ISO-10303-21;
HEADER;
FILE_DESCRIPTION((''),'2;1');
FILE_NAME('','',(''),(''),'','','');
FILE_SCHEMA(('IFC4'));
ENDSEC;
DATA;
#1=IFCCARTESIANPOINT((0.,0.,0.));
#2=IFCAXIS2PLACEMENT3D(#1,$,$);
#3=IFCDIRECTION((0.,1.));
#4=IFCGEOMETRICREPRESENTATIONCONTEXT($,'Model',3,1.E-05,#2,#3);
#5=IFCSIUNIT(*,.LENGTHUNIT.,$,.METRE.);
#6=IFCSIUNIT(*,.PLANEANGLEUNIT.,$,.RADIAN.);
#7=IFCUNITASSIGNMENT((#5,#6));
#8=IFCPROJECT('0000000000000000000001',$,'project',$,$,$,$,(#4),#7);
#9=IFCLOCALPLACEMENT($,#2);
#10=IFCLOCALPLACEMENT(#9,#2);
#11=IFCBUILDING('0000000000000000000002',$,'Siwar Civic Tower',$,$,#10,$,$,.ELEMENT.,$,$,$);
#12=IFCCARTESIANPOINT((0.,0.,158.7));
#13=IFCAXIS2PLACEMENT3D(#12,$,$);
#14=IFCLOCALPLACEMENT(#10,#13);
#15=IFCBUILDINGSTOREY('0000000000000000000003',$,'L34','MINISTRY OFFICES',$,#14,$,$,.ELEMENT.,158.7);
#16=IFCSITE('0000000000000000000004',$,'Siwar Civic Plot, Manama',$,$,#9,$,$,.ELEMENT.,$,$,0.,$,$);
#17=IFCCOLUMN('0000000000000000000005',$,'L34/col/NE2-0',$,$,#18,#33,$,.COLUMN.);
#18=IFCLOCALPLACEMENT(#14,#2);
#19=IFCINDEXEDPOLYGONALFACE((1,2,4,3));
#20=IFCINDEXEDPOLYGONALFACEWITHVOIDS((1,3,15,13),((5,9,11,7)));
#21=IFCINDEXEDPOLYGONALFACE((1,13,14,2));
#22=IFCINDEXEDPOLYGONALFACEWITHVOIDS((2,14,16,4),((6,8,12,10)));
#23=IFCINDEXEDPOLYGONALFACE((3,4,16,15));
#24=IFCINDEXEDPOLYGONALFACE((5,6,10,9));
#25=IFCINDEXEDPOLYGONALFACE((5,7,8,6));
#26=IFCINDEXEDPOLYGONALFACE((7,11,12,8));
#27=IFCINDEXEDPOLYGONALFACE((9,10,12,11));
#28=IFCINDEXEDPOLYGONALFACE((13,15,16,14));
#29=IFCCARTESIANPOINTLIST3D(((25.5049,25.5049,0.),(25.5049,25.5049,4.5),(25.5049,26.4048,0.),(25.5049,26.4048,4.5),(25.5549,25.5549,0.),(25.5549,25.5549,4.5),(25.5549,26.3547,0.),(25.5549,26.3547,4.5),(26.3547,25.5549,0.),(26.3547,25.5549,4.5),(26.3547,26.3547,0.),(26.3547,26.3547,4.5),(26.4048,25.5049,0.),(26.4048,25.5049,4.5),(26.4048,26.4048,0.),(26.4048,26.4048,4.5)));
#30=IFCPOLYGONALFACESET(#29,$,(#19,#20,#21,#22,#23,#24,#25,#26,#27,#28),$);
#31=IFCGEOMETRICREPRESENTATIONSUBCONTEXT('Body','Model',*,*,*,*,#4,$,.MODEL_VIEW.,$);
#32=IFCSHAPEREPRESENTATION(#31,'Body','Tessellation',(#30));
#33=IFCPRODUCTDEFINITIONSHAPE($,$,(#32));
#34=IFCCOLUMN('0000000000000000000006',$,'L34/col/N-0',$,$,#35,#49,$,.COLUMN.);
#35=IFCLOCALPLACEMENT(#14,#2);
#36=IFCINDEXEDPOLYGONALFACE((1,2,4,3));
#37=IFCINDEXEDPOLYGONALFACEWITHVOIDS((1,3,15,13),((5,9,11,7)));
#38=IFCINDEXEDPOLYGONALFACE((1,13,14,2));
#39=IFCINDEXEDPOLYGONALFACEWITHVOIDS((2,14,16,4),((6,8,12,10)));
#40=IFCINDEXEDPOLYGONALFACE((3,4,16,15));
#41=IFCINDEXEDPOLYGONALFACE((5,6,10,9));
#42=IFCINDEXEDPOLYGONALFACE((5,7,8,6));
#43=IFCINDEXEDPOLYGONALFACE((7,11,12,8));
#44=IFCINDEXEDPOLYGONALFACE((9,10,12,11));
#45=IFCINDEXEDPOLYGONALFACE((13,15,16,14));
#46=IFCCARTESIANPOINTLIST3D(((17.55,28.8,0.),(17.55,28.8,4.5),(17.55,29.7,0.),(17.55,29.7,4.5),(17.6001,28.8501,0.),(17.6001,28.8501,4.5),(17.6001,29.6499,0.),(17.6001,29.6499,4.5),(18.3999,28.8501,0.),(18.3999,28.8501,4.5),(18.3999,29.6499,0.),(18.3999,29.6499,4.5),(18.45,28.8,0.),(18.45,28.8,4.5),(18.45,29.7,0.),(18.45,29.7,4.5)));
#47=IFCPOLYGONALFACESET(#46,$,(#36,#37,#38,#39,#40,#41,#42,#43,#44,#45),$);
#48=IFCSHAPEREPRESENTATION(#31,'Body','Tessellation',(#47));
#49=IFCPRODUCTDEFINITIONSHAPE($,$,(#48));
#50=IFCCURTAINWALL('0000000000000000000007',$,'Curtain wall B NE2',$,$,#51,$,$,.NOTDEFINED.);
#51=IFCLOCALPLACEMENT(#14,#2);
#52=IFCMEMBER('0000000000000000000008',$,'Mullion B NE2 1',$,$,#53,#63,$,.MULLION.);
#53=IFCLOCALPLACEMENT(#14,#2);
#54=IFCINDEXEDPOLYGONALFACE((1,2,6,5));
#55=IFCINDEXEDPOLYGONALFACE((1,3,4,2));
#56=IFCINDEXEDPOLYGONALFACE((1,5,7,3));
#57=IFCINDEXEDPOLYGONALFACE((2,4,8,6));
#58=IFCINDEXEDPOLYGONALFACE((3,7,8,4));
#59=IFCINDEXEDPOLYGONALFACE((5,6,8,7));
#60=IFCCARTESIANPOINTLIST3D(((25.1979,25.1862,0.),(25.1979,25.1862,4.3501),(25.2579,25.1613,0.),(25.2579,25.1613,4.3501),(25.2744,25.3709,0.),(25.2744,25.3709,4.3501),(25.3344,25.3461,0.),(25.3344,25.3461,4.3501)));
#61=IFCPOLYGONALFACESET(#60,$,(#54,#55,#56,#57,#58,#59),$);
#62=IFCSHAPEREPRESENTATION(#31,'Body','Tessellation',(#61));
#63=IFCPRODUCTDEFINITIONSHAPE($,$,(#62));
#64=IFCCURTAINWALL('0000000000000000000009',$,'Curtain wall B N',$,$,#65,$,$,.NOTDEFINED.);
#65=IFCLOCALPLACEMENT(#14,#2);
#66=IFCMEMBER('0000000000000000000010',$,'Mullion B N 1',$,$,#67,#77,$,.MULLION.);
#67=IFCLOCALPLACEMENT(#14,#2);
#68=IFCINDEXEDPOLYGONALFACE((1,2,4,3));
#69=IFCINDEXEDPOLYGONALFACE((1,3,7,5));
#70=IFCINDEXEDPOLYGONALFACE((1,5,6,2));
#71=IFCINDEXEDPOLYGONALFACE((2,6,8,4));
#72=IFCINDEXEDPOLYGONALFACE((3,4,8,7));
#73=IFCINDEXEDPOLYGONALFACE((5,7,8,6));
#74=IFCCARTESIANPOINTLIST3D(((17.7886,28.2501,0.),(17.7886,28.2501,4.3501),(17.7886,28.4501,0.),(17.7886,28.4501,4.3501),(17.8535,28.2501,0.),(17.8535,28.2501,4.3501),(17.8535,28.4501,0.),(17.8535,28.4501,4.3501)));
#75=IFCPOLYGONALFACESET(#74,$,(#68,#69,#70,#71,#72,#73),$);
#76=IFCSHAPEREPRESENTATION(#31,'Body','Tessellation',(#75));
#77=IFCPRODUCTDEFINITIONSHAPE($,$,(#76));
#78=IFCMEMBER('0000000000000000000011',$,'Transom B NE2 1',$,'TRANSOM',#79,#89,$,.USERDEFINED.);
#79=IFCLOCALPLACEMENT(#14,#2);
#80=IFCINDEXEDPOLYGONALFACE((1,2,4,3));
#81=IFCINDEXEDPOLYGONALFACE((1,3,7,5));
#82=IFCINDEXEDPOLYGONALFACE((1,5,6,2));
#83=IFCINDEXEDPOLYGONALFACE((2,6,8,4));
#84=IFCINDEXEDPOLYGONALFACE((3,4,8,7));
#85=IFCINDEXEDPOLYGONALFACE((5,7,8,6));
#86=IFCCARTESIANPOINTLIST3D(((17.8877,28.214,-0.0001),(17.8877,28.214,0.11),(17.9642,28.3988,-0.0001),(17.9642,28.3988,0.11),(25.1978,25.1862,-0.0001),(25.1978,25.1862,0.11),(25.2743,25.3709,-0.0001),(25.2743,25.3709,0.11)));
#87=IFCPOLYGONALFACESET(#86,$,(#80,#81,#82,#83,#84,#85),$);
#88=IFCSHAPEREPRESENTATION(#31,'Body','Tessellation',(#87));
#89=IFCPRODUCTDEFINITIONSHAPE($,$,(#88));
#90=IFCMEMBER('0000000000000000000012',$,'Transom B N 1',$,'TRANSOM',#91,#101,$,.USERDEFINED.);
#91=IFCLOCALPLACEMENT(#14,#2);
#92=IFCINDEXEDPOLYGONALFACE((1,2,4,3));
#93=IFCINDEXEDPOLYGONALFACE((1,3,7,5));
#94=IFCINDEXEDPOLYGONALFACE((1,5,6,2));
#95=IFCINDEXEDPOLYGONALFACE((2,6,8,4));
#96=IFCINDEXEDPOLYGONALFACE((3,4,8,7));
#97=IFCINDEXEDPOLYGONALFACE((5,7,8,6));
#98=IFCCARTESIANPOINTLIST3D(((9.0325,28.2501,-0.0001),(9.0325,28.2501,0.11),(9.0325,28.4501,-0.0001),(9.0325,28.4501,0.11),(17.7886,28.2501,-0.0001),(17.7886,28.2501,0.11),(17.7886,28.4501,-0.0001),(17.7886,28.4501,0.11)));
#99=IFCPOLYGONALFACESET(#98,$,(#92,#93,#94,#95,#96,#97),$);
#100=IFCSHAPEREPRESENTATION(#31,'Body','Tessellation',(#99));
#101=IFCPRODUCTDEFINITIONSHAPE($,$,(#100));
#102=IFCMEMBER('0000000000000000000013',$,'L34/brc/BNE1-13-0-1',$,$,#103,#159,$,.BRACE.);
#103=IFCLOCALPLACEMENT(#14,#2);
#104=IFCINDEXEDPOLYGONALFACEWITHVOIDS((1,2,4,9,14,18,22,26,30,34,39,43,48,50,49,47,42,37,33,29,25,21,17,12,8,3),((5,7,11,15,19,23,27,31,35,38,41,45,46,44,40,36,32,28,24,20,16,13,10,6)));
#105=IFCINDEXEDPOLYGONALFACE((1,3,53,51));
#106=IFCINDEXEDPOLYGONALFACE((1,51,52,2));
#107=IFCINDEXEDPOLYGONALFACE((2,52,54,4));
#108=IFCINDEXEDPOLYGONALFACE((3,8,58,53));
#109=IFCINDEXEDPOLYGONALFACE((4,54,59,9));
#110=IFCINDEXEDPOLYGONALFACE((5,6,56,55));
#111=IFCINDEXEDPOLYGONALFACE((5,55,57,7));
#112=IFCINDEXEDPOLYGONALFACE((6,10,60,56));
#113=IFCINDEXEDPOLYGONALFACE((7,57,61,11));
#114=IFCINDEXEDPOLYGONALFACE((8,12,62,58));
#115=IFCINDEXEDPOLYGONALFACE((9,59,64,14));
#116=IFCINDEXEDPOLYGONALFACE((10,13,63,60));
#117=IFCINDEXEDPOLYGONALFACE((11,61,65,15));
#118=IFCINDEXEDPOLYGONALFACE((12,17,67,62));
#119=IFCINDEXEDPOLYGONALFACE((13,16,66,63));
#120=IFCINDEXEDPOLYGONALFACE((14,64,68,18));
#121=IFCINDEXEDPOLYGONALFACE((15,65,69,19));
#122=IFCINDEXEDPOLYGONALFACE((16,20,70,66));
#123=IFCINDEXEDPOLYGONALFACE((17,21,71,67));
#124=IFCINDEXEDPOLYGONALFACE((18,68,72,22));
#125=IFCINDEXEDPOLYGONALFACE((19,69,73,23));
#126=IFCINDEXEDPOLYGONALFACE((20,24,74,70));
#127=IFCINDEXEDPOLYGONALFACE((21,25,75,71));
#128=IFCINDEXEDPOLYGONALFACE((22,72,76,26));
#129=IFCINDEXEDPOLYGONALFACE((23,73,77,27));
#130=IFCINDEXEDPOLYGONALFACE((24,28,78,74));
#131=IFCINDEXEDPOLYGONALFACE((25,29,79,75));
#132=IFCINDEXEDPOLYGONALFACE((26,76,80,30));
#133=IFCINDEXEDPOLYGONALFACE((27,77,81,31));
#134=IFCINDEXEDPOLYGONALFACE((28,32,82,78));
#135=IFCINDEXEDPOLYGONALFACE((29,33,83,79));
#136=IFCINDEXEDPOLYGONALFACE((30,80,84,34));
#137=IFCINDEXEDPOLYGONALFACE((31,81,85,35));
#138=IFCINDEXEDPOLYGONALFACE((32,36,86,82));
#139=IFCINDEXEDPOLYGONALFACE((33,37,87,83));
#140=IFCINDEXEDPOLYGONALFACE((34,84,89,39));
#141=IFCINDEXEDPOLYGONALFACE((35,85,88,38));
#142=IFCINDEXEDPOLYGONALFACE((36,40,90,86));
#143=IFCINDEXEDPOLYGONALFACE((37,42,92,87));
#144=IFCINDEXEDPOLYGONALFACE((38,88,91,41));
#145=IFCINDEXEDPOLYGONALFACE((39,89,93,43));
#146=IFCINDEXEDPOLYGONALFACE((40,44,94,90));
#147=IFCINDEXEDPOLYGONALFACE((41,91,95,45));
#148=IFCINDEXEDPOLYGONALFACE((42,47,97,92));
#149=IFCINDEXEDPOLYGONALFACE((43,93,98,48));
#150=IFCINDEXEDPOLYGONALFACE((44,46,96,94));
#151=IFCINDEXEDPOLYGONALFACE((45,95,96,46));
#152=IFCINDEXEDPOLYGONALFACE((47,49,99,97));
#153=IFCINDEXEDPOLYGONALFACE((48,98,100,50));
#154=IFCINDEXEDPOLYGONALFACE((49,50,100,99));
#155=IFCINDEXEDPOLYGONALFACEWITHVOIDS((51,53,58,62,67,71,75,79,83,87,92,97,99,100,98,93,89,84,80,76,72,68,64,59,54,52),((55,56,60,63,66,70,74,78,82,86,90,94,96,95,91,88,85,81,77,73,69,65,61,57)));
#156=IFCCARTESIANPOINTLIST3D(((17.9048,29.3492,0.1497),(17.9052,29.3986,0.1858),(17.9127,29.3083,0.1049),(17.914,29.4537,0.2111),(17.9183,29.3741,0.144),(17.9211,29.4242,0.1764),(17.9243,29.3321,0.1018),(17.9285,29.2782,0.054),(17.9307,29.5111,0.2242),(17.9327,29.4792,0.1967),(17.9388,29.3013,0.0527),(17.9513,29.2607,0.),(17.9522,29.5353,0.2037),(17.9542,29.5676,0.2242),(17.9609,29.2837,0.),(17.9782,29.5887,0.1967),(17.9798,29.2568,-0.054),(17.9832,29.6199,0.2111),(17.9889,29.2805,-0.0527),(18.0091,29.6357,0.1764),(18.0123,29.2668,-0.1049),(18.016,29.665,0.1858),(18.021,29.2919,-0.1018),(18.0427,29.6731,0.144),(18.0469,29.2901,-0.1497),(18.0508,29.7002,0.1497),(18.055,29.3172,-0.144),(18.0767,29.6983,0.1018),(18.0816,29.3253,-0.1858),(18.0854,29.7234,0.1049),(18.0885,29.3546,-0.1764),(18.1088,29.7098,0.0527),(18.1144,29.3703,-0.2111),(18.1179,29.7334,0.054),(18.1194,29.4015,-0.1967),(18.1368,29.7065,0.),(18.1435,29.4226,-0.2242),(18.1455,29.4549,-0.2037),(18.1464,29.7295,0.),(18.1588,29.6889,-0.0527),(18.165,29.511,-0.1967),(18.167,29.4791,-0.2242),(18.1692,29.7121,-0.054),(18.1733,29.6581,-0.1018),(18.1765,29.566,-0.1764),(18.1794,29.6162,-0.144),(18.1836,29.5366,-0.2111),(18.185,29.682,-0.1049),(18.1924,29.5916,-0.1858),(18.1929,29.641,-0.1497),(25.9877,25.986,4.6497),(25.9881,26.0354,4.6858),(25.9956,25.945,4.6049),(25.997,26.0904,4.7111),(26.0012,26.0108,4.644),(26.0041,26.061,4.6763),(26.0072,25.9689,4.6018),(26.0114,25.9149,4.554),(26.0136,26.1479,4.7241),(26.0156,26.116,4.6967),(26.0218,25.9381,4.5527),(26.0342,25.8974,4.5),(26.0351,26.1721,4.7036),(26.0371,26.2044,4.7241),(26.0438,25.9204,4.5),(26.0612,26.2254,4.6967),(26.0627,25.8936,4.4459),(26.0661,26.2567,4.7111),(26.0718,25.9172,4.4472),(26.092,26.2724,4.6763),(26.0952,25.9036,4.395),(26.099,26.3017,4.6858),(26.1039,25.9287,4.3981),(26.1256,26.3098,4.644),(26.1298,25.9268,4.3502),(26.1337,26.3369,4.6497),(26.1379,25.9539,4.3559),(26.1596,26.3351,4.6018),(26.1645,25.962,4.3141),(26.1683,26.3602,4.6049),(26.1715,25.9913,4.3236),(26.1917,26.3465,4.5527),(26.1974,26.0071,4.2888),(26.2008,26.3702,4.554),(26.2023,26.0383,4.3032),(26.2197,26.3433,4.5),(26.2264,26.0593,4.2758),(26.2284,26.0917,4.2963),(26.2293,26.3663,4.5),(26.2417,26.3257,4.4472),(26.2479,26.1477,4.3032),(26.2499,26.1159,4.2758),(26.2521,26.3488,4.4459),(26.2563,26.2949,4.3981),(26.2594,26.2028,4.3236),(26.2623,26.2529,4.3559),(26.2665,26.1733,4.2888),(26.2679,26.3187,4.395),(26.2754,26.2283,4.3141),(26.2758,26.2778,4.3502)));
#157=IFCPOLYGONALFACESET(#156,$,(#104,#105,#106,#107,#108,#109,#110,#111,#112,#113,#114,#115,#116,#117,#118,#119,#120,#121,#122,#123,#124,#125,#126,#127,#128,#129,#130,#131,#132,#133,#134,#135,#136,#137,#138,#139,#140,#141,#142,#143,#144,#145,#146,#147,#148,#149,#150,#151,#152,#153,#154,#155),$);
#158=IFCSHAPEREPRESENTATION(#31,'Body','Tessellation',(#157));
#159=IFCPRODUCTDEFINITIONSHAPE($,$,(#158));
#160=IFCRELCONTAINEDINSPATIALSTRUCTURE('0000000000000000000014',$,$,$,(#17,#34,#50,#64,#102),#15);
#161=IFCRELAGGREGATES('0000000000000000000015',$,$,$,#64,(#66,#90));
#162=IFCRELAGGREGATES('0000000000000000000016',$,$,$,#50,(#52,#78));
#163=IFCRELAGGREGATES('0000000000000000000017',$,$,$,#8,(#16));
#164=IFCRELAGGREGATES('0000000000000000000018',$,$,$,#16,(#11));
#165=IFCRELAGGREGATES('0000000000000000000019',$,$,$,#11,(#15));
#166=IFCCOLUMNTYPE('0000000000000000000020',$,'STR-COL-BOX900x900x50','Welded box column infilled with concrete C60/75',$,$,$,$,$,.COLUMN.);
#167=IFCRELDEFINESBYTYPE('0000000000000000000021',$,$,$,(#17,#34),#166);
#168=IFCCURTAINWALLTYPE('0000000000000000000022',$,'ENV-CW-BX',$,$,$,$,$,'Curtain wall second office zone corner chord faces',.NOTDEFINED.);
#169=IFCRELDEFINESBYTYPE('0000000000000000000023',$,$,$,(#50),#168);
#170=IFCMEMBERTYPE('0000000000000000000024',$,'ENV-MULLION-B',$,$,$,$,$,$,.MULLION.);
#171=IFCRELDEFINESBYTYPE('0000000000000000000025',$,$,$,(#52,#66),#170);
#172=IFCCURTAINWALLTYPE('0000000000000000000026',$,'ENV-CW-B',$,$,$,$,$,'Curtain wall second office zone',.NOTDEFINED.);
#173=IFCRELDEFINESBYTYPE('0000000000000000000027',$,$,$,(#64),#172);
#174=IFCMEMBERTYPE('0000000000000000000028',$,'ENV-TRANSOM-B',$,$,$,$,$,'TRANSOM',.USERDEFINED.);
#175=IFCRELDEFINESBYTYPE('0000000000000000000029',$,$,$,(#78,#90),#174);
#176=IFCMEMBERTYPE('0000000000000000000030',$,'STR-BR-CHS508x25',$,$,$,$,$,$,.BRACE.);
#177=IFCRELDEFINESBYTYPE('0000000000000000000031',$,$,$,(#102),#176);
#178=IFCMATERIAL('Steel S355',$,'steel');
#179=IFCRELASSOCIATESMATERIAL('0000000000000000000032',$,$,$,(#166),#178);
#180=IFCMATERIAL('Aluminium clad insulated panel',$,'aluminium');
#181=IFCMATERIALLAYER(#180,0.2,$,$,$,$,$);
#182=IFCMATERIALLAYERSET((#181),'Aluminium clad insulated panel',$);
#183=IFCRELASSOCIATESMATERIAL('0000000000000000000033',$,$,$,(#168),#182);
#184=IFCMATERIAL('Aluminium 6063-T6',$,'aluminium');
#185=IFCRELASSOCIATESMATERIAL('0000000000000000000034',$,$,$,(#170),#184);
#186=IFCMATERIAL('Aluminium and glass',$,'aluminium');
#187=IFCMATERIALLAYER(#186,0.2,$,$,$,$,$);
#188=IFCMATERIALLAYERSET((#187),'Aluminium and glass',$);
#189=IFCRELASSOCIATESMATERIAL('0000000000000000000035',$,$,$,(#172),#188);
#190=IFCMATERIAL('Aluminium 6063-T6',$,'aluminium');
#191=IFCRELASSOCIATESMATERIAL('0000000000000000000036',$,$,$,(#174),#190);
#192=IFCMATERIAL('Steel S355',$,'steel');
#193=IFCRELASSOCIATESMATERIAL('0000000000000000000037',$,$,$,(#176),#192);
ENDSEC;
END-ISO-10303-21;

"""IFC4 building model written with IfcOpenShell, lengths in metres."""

from ifc_helpers import new_model, si_unit, direction, frame, origin, origin_2d, place, context, subcontext, project, spatial, rectangle, hollow_rectangle, hollow_circle, extrude, material, layer, layer_set, material_profile, profile_set, type_object, element, aggregate, save


model = new_model("IFC4")

# Units and contexts
model_context = context("Model", 3, precision=1e-05, world=origin(), true_north=direction((0.0, 1.0)))
body_context = subcontext(model_context, "Body", "Model", "MODEL_VIEW")
ifc_project = project(units=[si_unit("LENGTHUNIT", "METRE"), si_unit("PLANEANGLEUNIT", "RADIAN")], contexts=[model_context])

# Site, building, storey
site_placement = place(None, origin())
site = spatial("IfcSite", under=ifc_project, at=site_placement, Name="Siwar Civic Plot, Manama", CompositionType="ELEMENT", RefElevation=0.0)
building_placement = place(site_placement, origin())
building = spatial("IfcBuilding", under=site, at=building_placement, Name="Siwar Civic Tower", CompositionType="ELEMENT")
storey_placement = place(building_placement, frame((0.0, 0.0, 158.7)))
storey = spatial("IfcBuildingStorey", under=building, at=storey_placement, Name="L34", Description="MINISTRY OFFICES", CompositionType="ELEMENT", Elevation=158.7)

# Columns
ifc_material_1 = material(Name="Steel S355", Category="steel")
ifc_material_profile_1 = material_profile(ifc_material_1, hollow_rectangle(XDim=0.8999, YDim=0.8999, WallThickness=0.05, at=origin_2d()), Name="BOX900x900x50")
ifc_profile_set_1 = profile_set([ifc_material_profile_1], Name="Steel S355")
column_type = type_object("IfcColumnType", Name="STR-COL-BOX900x900x50", Description="Welded box column infilled with concrete C60/75", PredefinedType="COLUMN", material=ifc_profile_set_1)
for number, where, z_axis, x_axis, name in (
    (1, (25.9548, 25.9548, 0.0), (0.0, 0.0, 1.0), (1.0, 0.0, 0.0), "L34/col/NE2-0"),
    (2, (18.0, 29.25, 0.0), (0.0, 0.0, 1.0), (1.0, 0.0, 0.0), "L34/col/N-0"),
):
    element("IfcColumn", number, at=place(storey_placement, frame(where, z_axis=z_axis, x_axis=x_axis)), inside=storey, type_object=column_type, Name=name, PredefinedType="COLUMN", context=body_context, shape_type="SweptSolid", body=[
        extrude(hollow_rectangle(XDim=0.8999, YDim=0.8999, WallThickness=0.05, at=origin_2d()), origin(), (0.0, 0.0, 1.0), 4.5),
    ])

# Curtain walls, members
ifc_material_2 = material(Name="Aluminium clad insulated panel", Category="aluminium")
ifc_layer_1 = layer(ifc_material_2, 0.2)
ifc_layer_set_1 = layer_set([ifc_layer_1], Name="Aluminium clad insulated panel")
curtain_wall_type_1 = type_object("IfcCurtainWallType", Name="ENV-CW-BX", ElementType="Curtain wall second office zone corner chord faces", PredefinedType="NOTDEFINED", material=ifc_layer_set_1)
curtain_wall_1_placement = place(storey_placement, origin())
curtain_wall_1 = element("IfcCurtainWall", 3, at=curtain_wall_1_placement, inside=storey, type_object=curtain_wall_type_1, Name="Curtain wall B NE2", PredefinedType="NOTDEFINED")
ifc_material_3 = material(Name="Aluminium 6063-T6", Category="aluminium")
ifc_material_profile_2 = material_profile(ifc_material_3, rectangle(XDim=0.2, YDim=0.0649, at=origin_2d()), Name="AL 200x65")
ifc_profile_set_2 = profile_set([ifc_material_profile_2], Name="Aluminium 6063-T6")
member_type_1 = type_object("IfcMemberType", Name="ENV-MULLION-B", PredefinedType="MULLION", material=ifc_profile_set_2)
member_1_placement = place(storey_placement, frame((25.2661, 25.2661, 0.0), z_axis=(0.0, 0.0, 1.0), x_axis=(-0.382683, -0.92388, 0.0)))
member_1 = element("IfcMember", 4, at=member_1_placement, type_object=member_type_1, Name="Mullion B NE2 1", PredefinedType="MULLION", context=body_context, shape_type="SweptSolid", body=[
    extrude(rectangle(XDim=0.2, YDim=0.0649, at=origin_2d()), origin(), (0.0, 0.0, 1.0), 4.3501),
])
ifc_material_4 = material(Name="Aluminium and glass", Category="aluminium")
ifc_layer_2 = layer(ifc_material_4, 0.2)
ifc_layer_set_2 = layer_set([ifc_layer_2], Name="Aluminium and glass")
curtain_wall_type_2 = type_object("IfcCurtainWallType", Name="ENV-CW-B", ElementType="Curtain wall second office zone", PredefinedType="NOTDEFINED", material=ifc_layer_set_2)
curtain_wall_2_placement = place(storey_placement, origin())
curtain_wall_2 = element("IfcCurtainWall", 5, at=curtain_wall_2_placement, inside=storey, type_object=curtain_wall_type_2, Name="Curtain wall B N", PredefinedType="NOTDEFINED")
member_2_placement = place(storey_placement, frame((17.821, 28.3501, 0.0), z_axis=(0.0, 0.0, 1.0), x_axis=(0.0, -1.0, 0.0)))
member_2 = element("IfcMember", 6, at=member_2_placement, type_object=member_type_1, Name="Mullion B N 1", PredefinedType="MULLION", context=body_context, shape_type="SweptSolid", body=[
    extrude(rectangle(XDim=0.2, YDim=0.0649, at=origin_2d()), origin(), (0.0, 0.0, 1.0), 4.3501),
])

# Members
ifc_material_5 = material(Name="Aluminium 6063-T6", Category="aluminium")
ifc_material_profile_3 = material_profile(ifc_material_5, rectangle(XDim=0.2, YDim=0.1101, at=origin_2d()), Name="AL 200x110")
ifc_profile_set_3 = profile_set([ifc_material_profile_3], Name="Aluminium 6063-T6")
member_type_2 = type_object("IfcMemberType", Name="ENV-TRANSOM-B", ElementType="TRANSOM", PredefinedType="USERDEFINED", material=ifc_profile_set_3)
member_3_placement = place(storey_placement, frame((25.2361, 25.2786, 0.0549), z_axis=(-0.923884, 0.382673, 0.0), x_axis=(-0.382673, -0.923884, 0.0)))
member_3 = element("IfcMember", 7, at=member_3_placement, type_object=member_type_2, Name="Transom B NE2 1", ObjectType="TRANSOM", PredefinedType="USERDEFINED", context=body_context, shape_type="SweptSolid", body=[
    extrude(rectangle(XDim=0.2, YDim=0.1101, at=origin_2d()), origin(), (0.0, 0.0, 1.0), 7.9124),
])
member_4_placement = place(storey_placement, frame((17.7886, 28.3501, 0.0549), z_axis=(-1.0, 0.0, 0.0), x_axis=(0.0, -1.0, 0.0)))
member_4 = element("IfcMember", 8, at=member_4_placement, type_object=member_type_2, Name="Transom B N 1", ObjectType="TRANSOM", PredefinedType="USERDEFINED", context=body_context, shape_type="SweptSolid", body=[
    extrude(rectangle(XDim=0.2, YDim=0.1101, at=origin_2d()), origin(), (0.0, 0.0, 1.0), 8.7561),
])
aggregate(curtain_wall_2, [member_2, member_4])

# Member
ifc_material_6 = material(Name="Steel S355", Category="steel")
ifc_material_profile_4 = material_profile(ifc_material_6, hollow_circle(Radius=0.2539, WallThickness=0.0249, at=origin_2d()), Name="CHS508x25")
ifc_profile_set_4 = profile_set([ifc_material_profile_4], Name="Steel S355")
member_type_3 = type_object("IfcMemberType", Name="STR-BR-CHS508x25", PredefinedType="BRACE", material=ifc_profile_set_4)
member_5_placement = place(storey_placement, frame((18.0488, 29.4951, 0.0), z_axis=(0.821143, -0.341671, 0.457149), x_axis=(0.384164, 0.923265, 0.0)))
element("IfcMember", 9, at=member_5_placement, inside=storey, type_object=member_type_3, Name="L34/brc/BNE1-13-0-1", PredefinedType="BRACE", context=body_context, shape_type="SweptSolid", body=[
    extrude(hollow_circle(Radius=0.2539, WallThickness=0.0249, at=origin_2d()), origin(), (0.0, 0.0, 1.0), 9.8435),
])

aggregate(curtain_wall_1, [member_1, member_3])

save(model, "model.ifc")
